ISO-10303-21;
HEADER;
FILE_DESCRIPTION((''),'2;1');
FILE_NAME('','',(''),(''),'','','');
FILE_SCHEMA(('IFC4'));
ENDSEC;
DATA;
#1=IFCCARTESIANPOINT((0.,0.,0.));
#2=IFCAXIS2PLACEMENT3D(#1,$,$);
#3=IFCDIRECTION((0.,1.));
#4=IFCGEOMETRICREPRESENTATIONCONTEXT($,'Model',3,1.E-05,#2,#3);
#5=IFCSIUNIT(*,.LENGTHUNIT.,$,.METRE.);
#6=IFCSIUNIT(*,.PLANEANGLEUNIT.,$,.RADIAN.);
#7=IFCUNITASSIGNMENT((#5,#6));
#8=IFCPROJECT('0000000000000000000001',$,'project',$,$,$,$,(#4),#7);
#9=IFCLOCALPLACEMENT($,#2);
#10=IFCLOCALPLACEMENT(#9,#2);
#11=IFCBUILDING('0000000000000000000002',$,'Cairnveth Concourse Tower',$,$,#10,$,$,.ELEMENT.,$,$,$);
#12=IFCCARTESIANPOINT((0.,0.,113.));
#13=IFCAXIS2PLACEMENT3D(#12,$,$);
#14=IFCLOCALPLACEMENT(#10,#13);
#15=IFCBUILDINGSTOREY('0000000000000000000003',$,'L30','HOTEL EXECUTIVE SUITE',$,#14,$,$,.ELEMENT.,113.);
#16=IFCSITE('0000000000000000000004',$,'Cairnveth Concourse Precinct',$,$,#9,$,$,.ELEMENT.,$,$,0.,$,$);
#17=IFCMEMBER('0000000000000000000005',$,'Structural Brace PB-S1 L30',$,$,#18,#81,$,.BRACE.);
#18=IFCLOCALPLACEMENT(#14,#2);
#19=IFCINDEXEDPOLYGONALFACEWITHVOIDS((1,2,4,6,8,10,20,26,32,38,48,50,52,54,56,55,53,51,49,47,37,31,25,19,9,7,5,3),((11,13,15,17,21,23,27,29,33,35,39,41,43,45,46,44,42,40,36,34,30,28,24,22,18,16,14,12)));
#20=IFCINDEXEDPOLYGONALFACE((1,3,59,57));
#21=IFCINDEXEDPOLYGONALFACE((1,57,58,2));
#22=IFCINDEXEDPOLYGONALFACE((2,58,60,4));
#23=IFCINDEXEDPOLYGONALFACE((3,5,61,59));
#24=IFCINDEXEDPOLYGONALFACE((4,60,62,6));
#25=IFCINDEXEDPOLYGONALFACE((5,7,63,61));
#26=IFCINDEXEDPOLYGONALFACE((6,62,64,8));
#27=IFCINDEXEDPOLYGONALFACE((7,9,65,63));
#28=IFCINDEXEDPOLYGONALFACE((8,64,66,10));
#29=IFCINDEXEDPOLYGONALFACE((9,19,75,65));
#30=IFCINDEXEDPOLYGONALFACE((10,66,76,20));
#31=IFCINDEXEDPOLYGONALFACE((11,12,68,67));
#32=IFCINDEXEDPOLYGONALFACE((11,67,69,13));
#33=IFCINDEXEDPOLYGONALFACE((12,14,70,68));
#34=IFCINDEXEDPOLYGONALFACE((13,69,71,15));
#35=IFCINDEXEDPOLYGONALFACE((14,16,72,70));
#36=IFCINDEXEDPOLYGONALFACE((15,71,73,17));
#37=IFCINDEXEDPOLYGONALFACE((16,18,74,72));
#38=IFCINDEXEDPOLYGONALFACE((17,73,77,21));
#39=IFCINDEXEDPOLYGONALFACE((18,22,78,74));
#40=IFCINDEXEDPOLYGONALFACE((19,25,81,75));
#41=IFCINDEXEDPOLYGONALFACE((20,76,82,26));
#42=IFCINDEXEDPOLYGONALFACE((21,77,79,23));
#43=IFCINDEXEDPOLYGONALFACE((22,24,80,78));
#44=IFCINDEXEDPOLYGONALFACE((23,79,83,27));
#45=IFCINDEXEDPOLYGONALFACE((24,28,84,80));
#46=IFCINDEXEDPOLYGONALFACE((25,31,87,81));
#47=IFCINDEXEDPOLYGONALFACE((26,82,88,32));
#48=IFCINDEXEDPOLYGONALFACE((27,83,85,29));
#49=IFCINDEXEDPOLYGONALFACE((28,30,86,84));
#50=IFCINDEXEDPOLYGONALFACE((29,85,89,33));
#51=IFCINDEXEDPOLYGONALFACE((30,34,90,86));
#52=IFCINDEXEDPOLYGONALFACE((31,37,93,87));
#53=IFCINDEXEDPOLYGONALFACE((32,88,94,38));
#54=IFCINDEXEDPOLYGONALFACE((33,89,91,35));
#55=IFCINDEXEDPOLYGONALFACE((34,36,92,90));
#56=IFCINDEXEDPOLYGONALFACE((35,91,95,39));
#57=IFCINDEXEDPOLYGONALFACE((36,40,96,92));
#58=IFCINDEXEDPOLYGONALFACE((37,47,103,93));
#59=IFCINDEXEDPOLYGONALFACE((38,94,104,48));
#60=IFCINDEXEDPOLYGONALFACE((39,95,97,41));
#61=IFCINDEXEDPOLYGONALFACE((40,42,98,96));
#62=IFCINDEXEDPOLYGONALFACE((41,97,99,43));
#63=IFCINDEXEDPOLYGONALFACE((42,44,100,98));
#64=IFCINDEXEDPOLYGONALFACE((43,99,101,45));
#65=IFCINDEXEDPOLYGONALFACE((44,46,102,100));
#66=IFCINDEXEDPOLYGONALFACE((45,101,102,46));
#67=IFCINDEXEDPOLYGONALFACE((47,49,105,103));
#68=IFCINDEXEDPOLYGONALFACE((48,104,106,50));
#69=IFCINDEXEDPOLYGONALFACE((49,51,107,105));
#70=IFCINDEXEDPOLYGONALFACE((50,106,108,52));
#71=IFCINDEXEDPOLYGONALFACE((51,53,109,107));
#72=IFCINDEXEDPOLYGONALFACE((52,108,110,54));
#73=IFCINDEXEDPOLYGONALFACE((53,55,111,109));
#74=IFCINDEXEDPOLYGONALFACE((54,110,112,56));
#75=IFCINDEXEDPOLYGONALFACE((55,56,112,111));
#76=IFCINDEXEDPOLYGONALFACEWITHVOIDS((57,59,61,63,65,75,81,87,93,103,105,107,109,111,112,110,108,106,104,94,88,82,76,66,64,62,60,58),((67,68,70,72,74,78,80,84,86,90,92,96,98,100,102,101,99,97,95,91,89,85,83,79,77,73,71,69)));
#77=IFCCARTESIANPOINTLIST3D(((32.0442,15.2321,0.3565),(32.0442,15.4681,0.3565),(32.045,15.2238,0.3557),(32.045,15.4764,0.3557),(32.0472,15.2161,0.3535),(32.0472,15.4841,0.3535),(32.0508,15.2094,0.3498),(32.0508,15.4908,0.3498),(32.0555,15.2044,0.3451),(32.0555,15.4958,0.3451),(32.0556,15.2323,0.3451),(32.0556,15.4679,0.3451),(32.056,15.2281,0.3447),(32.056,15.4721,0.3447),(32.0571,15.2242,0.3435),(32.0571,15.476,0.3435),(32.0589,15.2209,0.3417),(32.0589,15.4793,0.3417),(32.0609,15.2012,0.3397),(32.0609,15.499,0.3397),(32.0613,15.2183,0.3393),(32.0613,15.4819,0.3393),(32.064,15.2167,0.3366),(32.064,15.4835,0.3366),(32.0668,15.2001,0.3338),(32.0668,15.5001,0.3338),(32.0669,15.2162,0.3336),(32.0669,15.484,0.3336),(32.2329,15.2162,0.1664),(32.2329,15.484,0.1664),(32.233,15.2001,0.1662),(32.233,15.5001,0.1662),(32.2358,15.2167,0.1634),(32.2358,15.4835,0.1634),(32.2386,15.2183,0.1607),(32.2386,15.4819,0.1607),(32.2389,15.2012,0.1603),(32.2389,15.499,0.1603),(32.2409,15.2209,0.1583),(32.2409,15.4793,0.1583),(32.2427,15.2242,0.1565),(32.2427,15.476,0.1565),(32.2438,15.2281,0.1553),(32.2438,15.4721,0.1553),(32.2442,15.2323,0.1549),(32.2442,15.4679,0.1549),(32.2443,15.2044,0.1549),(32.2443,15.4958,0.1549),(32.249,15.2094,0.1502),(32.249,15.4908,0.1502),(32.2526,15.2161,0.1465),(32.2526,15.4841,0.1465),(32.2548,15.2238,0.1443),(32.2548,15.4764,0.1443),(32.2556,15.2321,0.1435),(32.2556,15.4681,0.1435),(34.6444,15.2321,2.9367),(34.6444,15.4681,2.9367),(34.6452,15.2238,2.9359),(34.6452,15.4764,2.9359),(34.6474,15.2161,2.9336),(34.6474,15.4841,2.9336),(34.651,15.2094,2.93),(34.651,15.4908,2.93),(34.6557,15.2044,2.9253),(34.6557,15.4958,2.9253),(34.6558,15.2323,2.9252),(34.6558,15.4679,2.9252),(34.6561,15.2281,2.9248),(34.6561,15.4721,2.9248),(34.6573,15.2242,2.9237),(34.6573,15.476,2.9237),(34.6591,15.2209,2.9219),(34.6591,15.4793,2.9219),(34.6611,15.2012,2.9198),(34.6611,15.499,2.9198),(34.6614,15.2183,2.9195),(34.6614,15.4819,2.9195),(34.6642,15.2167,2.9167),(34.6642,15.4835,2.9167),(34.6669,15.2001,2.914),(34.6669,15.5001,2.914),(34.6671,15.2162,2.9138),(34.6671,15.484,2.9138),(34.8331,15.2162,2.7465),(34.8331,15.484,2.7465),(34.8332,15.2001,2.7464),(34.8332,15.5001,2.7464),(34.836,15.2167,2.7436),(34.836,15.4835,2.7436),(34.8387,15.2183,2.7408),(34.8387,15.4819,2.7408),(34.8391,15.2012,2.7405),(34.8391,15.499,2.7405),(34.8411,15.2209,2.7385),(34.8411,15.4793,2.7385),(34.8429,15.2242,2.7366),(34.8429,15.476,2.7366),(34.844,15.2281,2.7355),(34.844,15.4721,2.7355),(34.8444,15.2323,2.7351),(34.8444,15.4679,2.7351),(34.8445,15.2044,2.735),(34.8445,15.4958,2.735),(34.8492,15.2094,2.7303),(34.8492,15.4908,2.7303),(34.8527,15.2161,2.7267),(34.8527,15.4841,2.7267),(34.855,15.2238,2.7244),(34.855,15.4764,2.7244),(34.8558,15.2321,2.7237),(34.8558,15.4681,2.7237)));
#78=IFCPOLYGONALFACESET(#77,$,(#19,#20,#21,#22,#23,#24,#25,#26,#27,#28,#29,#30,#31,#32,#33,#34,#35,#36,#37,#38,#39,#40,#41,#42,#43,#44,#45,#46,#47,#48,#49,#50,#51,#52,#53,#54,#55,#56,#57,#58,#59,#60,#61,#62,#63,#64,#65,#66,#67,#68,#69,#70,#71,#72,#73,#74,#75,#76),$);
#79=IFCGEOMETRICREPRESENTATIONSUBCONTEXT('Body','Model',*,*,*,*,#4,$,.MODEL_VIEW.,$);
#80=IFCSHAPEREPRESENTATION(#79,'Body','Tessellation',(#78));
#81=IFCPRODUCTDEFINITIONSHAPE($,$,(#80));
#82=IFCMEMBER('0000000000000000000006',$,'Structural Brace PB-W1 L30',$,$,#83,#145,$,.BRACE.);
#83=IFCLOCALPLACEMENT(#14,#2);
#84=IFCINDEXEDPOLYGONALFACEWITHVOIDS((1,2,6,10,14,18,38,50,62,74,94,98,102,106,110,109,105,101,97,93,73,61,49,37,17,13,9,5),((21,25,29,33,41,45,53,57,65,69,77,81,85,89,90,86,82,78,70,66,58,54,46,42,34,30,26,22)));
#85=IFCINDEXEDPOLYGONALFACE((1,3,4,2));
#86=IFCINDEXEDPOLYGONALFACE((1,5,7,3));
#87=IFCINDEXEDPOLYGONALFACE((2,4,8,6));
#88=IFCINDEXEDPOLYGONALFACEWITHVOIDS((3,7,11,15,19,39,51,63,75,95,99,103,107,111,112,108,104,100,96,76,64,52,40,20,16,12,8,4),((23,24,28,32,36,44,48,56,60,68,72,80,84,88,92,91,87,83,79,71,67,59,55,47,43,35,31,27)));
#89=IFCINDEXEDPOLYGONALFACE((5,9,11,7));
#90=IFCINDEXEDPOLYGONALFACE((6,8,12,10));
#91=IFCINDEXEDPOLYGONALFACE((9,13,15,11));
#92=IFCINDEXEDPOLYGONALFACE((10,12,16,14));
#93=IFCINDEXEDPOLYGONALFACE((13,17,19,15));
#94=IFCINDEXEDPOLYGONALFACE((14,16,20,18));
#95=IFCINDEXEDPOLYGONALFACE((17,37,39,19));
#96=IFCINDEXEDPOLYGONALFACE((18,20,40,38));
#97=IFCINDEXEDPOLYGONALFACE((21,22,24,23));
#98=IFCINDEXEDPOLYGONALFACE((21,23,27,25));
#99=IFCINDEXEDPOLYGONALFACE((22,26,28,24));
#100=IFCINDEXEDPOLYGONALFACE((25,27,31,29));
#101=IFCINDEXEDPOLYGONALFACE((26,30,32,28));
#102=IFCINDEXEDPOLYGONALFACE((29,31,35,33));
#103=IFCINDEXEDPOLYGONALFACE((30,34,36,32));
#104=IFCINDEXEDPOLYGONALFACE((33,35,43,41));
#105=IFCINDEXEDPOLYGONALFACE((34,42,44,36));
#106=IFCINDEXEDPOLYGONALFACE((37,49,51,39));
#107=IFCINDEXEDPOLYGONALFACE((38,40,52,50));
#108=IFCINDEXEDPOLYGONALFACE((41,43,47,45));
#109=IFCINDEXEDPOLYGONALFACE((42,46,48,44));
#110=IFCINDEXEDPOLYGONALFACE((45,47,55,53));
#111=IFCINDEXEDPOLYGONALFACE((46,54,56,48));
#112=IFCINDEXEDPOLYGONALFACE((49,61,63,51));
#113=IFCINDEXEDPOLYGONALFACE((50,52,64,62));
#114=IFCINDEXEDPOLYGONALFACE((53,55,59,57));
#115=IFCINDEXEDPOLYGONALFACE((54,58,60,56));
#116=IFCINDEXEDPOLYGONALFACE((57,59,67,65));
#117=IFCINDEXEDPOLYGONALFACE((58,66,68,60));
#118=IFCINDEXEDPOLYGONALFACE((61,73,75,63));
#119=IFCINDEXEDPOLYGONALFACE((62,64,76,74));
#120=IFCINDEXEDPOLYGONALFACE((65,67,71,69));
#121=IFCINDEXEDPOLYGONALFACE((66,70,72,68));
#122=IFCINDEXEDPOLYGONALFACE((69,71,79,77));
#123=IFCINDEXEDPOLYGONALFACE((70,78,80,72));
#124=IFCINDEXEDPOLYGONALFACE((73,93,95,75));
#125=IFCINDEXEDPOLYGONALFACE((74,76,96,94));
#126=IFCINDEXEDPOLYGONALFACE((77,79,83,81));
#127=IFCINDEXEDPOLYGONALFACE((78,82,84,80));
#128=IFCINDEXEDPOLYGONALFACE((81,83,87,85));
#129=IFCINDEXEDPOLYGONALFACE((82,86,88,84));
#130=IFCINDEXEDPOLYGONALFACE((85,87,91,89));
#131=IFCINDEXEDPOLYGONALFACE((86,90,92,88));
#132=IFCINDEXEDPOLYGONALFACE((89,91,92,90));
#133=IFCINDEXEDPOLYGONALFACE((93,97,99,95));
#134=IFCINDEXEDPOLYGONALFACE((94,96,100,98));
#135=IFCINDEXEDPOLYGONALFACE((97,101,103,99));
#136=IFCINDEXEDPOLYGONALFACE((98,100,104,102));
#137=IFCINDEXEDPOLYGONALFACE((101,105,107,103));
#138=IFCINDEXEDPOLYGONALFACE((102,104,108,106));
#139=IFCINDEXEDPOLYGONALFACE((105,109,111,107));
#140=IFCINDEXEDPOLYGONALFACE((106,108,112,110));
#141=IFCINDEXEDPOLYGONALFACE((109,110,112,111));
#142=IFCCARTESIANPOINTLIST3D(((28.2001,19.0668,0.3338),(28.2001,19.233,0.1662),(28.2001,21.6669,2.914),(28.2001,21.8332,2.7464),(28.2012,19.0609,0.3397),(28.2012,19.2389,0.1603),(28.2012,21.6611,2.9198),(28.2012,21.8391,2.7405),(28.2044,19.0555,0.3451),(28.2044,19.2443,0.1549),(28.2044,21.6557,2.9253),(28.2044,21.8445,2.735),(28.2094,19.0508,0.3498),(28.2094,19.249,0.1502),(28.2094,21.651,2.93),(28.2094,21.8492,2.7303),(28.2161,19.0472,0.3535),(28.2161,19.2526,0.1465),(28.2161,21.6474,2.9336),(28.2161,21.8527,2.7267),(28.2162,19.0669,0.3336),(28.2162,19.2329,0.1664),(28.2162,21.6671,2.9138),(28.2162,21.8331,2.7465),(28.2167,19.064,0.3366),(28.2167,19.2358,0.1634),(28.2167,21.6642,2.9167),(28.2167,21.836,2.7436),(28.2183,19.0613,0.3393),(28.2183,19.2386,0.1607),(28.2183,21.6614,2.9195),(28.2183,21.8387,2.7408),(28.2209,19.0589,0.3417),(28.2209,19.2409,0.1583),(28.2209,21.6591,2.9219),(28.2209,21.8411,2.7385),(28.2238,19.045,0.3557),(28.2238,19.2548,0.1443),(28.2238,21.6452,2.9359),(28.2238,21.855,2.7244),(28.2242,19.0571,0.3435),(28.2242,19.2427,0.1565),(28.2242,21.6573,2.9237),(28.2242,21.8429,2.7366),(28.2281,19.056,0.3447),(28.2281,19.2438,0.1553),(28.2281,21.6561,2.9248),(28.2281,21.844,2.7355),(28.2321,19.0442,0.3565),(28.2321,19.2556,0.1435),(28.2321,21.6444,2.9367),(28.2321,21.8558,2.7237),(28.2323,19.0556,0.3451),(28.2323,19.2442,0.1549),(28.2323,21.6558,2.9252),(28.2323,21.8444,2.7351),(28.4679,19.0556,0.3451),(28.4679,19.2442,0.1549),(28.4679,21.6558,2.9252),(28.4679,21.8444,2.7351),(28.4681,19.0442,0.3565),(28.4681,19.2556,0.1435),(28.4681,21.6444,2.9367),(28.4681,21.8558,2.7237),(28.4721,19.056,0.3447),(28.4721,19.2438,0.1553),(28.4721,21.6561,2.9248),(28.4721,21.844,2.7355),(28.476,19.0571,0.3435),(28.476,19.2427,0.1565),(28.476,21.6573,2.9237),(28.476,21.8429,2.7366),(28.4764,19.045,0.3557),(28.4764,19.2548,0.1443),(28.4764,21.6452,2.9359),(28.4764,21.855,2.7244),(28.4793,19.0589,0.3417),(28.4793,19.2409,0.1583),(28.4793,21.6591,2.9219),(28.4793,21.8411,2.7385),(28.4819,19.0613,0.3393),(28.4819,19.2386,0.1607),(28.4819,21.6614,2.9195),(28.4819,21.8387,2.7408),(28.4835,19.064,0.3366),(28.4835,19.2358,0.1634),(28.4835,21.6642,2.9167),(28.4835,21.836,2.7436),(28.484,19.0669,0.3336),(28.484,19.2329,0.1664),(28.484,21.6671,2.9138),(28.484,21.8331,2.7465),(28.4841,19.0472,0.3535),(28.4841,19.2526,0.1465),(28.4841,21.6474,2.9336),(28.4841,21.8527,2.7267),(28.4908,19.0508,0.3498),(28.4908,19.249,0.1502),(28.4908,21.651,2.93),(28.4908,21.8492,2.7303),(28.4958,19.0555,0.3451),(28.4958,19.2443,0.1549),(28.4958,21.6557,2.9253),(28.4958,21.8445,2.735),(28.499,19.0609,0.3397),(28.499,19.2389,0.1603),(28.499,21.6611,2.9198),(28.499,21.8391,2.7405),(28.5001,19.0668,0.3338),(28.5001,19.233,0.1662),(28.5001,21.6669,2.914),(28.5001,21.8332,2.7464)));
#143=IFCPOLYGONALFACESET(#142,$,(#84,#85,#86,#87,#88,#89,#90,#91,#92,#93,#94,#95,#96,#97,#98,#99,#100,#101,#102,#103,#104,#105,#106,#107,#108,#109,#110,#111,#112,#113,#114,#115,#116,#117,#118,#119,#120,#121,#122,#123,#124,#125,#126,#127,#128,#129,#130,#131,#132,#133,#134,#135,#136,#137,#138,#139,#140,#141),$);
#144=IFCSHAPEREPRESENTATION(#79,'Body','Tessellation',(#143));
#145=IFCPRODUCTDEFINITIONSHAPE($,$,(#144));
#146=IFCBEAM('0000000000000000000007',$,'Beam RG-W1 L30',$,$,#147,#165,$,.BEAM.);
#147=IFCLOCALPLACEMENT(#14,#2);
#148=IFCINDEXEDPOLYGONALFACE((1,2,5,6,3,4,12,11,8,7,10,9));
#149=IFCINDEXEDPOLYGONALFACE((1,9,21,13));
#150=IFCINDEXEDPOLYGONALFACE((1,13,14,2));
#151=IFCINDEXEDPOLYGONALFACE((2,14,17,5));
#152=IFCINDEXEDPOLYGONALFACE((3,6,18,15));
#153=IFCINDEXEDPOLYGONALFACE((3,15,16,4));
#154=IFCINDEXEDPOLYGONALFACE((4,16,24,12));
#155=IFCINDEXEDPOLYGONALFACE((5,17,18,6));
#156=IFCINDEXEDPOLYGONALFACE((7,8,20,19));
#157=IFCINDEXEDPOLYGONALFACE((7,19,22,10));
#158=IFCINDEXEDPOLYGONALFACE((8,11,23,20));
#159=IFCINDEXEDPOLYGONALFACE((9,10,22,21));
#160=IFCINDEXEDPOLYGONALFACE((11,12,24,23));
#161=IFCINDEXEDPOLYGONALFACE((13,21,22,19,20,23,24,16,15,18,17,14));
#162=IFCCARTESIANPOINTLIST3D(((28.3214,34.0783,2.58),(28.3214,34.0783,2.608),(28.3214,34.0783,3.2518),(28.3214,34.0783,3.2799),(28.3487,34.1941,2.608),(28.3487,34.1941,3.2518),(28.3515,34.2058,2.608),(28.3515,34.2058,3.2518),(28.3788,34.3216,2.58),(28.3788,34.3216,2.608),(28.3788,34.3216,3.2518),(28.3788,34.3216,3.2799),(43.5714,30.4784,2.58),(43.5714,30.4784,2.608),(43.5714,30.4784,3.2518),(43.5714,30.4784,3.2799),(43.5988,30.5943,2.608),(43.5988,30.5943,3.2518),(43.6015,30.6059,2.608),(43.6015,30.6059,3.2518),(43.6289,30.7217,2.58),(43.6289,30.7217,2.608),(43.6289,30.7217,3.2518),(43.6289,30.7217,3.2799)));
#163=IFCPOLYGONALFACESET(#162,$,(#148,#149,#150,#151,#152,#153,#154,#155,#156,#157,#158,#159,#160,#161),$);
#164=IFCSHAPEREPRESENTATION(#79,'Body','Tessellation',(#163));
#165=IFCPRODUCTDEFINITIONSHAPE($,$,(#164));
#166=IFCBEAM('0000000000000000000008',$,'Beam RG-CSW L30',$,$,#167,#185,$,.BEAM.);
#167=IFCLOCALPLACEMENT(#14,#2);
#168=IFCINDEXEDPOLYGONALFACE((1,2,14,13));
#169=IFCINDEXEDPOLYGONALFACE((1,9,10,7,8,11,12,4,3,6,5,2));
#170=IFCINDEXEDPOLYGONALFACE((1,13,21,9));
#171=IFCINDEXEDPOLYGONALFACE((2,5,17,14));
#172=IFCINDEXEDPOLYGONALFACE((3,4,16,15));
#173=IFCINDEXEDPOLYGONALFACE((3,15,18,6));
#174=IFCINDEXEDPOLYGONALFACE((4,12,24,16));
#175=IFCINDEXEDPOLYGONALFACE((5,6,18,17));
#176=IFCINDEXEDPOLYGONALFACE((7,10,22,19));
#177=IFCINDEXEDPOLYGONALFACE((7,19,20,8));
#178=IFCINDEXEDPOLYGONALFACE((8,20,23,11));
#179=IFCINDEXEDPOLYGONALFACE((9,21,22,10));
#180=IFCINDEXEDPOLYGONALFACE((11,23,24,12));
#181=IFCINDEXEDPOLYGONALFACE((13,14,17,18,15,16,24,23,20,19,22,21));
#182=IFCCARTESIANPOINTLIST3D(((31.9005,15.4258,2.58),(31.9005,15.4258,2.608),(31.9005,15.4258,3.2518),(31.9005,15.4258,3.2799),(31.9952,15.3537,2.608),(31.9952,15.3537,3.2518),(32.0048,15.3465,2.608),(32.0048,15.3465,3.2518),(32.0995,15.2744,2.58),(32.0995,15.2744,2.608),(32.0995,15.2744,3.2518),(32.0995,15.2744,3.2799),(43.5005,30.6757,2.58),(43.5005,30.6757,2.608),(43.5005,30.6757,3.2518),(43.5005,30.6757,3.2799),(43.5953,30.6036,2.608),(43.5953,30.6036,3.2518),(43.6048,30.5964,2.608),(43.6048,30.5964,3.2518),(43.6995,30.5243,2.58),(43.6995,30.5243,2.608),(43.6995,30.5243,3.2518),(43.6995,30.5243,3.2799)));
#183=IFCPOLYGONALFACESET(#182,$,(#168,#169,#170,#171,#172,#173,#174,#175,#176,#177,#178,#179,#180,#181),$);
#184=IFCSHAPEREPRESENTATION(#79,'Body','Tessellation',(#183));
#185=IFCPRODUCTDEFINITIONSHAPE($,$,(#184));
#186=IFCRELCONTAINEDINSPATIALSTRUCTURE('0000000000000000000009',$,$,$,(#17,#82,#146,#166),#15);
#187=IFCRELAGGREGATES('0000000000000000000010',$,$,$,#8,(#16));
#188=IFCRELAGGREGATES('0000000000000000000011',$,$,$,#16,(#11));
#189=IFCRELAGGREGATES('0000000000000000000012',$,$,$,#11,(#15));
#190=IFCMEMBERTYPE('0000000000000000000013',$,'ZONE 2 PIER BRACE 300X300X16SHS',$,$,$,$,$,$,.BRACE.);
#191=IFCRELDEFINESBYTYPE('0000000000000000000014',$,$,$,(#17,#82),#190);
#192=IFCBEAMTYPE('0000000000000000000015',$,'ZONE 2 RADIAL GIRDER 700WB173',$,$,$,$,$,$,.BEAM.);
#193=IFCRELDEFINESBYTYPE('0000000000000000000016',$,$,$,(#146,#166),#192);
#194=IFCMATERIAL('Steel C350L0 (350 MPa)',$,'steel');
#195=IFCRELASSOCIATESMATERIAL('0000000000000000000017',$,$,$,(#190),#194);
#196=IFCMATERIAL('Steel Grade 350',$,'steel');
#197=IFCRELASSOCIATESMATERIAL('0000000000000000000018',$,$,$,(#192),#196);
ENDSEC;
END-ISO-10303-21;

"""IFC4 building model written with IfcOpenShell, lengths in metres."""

from ifc_helpers import new_model, si_unit, direction, frame, origin, origin_2d, place, context, subcontext, project, spatial, hollow_rectangle, i_section, extrude, material, material_profile, profile_set, type_object, element, save


model = new_model("IFC4")

# Units and contexts
model_context = context("Model", 3, precision=1e-05, world=origin(), true_north=direction((0.0, 1.0)))
body_context = subcontext(model_context, "Body", "Model", "MODEL_VIEW")
ifc_project = project(units=[si_unit("LENGTHUNIT", "METRE"), si_unit("PLANEANGLEUNIT", "RADIAN")], contexts=[model_context])

# Site, building, storey
site_placement = place(None, origin())
site = spatial("IfcSite", under=ifc_project, at=site_placement, Name="Cairnveth Concourse Precinct", CompositionType="ELEMENT", RefElevation=0.0)
building_placement = place(site_placement, origin())
building = spatial("IfcBuilding", under=site, at=building_placement, Name="Cairnveth Concourse Tower", CompositionType="ELEMENT")
storey_placement = place(building_placement, frame((0.0, 0.0, 113.0)))
storey = spatial("IfcBuildingStorey", under=building, at=storey_placement, Name="L30", Description="HOTEL EXECUTIVE SUITE", CompositionType="ELEMENT", Elevation=113.0)

# Shared definitions
ifc_material_1 = material(Name="Steel Grade 350", Category="steel")

# Members
ifc_material_2 = material(Name="Steel C350L0 (350 MPa)", Category="steel")
ifc_material_profile_1 = material_profile(ifc_material_2, hollow_rectangle(XDim=0.3, YDim=0.3, WallThickness=0.0161, InnerFilletRadius=0.0161, OuterFilletRadius=0.032, at=origin_2d()), Name="300x300x16.0SHS")
ifc_profile_set_1 = profile_set([ifc_material_profile_1], Name="Steel C350L0 (350 MPa)")
member_type = type_object("IfcMemberType", Name="ZONE 2 PIER BRACE 300X300X16SHS", PredefinedType="BRACE", material=ifc_profile_set_1)
for number, where, z_axis, x_axis, name in (
    (1, (32.1499, 15.3501, 0.25), (0.709834, 0.0, 0.704369), (0.0, 1.0, 0.0), "Structural Brace PB-S1 L30"),
    (2, (28.3501, 19.1499, 0.25), (0.0, 0.709834, 0.704369), (-1.0, 0.0, 0.0), "Structural Brace PB-W1 L30"),
):
    element("IfcMember", number, at=place(storey_placement, frame(where, z_axis=z_axis, x_axis=x_axis)), inside=storey, type_object=member_type, Name=name, PredefinedType="BRACE", context=body_context, shape_type="SweptSolid", body=[
        extrude(hollow_rectangle(XDim=0.3, YDim=0.3, WallThickness=0.0161, InnerFilletRadius=0.0161, OuterFilletRadius=0.032, at=origin_2d()), origin(), (0.0, 0.0, 1.0), 3.6631),
    ])

# Beams
ifc_material_profile_2 = material_profile(ifc_material_1, i_section(OverallWidth=0.25, OverallDepth=0.7, WebThickness=0.012, FlangeThickness=0.0281, at=origin_2d()), Name="700WB173")
ifc_profile_set_2 = profile_set([ifc_material_profile_2], Name="Steel Grade 350")
beam_type_1 = type_object("IfcBeamType", Name="ZONE 2 RADIAL GIRDER 700WB173", PredefinedType="BEAM", material=ifc_profile_set_2)
beam_1_placement = place(storey_placement, frame((28.3501, 34.2, 2.9299), z_axis=(0.973252, -0.229742, 0.0), x_axis=(0.229742, 0.973252, 0.0)))
element("IfcBeam", 3, at=beam_1_placement, inside=storey, type_object=beam_type_1, Name="Beam RG-W1 L30", PredefinedType="BEAM", context=body_context, shape_type="SweptSolid", body=[
    extrude(i_section(OverallWidth=0.25, OverallDepth=0.7, WebThickness=0.012, FlangeThickness=0.0281, at=origin_2d()), origin(), (0.0, 0.0, 1.0), 15.6692),
])
beam_2_placement = place(storey_placement, frame((32.0, 15.3501, 2.9299), z_axis=(0.605417, 0.795908, 0.0), x_axis=(-0.795908, 0.605417, 0.0)))
element("IfcBeam", 4, at=beam_2_placement, inside=storey, type_object=beam_type_1, Name="Beam RG-CSW L30", PredefinedType="BEAM", context=body_context, shape_type="SweptSolid", body=[
    extrude(i_section(OverallWidth=0.25, OverallDepth=0.7, WebThickness=0.012, FlangeThickness=0.0281, at=origin_2d()), origin(), (0.0, 0.0, 1.0), 19.1604),
])

save(model, "model.ifc")
